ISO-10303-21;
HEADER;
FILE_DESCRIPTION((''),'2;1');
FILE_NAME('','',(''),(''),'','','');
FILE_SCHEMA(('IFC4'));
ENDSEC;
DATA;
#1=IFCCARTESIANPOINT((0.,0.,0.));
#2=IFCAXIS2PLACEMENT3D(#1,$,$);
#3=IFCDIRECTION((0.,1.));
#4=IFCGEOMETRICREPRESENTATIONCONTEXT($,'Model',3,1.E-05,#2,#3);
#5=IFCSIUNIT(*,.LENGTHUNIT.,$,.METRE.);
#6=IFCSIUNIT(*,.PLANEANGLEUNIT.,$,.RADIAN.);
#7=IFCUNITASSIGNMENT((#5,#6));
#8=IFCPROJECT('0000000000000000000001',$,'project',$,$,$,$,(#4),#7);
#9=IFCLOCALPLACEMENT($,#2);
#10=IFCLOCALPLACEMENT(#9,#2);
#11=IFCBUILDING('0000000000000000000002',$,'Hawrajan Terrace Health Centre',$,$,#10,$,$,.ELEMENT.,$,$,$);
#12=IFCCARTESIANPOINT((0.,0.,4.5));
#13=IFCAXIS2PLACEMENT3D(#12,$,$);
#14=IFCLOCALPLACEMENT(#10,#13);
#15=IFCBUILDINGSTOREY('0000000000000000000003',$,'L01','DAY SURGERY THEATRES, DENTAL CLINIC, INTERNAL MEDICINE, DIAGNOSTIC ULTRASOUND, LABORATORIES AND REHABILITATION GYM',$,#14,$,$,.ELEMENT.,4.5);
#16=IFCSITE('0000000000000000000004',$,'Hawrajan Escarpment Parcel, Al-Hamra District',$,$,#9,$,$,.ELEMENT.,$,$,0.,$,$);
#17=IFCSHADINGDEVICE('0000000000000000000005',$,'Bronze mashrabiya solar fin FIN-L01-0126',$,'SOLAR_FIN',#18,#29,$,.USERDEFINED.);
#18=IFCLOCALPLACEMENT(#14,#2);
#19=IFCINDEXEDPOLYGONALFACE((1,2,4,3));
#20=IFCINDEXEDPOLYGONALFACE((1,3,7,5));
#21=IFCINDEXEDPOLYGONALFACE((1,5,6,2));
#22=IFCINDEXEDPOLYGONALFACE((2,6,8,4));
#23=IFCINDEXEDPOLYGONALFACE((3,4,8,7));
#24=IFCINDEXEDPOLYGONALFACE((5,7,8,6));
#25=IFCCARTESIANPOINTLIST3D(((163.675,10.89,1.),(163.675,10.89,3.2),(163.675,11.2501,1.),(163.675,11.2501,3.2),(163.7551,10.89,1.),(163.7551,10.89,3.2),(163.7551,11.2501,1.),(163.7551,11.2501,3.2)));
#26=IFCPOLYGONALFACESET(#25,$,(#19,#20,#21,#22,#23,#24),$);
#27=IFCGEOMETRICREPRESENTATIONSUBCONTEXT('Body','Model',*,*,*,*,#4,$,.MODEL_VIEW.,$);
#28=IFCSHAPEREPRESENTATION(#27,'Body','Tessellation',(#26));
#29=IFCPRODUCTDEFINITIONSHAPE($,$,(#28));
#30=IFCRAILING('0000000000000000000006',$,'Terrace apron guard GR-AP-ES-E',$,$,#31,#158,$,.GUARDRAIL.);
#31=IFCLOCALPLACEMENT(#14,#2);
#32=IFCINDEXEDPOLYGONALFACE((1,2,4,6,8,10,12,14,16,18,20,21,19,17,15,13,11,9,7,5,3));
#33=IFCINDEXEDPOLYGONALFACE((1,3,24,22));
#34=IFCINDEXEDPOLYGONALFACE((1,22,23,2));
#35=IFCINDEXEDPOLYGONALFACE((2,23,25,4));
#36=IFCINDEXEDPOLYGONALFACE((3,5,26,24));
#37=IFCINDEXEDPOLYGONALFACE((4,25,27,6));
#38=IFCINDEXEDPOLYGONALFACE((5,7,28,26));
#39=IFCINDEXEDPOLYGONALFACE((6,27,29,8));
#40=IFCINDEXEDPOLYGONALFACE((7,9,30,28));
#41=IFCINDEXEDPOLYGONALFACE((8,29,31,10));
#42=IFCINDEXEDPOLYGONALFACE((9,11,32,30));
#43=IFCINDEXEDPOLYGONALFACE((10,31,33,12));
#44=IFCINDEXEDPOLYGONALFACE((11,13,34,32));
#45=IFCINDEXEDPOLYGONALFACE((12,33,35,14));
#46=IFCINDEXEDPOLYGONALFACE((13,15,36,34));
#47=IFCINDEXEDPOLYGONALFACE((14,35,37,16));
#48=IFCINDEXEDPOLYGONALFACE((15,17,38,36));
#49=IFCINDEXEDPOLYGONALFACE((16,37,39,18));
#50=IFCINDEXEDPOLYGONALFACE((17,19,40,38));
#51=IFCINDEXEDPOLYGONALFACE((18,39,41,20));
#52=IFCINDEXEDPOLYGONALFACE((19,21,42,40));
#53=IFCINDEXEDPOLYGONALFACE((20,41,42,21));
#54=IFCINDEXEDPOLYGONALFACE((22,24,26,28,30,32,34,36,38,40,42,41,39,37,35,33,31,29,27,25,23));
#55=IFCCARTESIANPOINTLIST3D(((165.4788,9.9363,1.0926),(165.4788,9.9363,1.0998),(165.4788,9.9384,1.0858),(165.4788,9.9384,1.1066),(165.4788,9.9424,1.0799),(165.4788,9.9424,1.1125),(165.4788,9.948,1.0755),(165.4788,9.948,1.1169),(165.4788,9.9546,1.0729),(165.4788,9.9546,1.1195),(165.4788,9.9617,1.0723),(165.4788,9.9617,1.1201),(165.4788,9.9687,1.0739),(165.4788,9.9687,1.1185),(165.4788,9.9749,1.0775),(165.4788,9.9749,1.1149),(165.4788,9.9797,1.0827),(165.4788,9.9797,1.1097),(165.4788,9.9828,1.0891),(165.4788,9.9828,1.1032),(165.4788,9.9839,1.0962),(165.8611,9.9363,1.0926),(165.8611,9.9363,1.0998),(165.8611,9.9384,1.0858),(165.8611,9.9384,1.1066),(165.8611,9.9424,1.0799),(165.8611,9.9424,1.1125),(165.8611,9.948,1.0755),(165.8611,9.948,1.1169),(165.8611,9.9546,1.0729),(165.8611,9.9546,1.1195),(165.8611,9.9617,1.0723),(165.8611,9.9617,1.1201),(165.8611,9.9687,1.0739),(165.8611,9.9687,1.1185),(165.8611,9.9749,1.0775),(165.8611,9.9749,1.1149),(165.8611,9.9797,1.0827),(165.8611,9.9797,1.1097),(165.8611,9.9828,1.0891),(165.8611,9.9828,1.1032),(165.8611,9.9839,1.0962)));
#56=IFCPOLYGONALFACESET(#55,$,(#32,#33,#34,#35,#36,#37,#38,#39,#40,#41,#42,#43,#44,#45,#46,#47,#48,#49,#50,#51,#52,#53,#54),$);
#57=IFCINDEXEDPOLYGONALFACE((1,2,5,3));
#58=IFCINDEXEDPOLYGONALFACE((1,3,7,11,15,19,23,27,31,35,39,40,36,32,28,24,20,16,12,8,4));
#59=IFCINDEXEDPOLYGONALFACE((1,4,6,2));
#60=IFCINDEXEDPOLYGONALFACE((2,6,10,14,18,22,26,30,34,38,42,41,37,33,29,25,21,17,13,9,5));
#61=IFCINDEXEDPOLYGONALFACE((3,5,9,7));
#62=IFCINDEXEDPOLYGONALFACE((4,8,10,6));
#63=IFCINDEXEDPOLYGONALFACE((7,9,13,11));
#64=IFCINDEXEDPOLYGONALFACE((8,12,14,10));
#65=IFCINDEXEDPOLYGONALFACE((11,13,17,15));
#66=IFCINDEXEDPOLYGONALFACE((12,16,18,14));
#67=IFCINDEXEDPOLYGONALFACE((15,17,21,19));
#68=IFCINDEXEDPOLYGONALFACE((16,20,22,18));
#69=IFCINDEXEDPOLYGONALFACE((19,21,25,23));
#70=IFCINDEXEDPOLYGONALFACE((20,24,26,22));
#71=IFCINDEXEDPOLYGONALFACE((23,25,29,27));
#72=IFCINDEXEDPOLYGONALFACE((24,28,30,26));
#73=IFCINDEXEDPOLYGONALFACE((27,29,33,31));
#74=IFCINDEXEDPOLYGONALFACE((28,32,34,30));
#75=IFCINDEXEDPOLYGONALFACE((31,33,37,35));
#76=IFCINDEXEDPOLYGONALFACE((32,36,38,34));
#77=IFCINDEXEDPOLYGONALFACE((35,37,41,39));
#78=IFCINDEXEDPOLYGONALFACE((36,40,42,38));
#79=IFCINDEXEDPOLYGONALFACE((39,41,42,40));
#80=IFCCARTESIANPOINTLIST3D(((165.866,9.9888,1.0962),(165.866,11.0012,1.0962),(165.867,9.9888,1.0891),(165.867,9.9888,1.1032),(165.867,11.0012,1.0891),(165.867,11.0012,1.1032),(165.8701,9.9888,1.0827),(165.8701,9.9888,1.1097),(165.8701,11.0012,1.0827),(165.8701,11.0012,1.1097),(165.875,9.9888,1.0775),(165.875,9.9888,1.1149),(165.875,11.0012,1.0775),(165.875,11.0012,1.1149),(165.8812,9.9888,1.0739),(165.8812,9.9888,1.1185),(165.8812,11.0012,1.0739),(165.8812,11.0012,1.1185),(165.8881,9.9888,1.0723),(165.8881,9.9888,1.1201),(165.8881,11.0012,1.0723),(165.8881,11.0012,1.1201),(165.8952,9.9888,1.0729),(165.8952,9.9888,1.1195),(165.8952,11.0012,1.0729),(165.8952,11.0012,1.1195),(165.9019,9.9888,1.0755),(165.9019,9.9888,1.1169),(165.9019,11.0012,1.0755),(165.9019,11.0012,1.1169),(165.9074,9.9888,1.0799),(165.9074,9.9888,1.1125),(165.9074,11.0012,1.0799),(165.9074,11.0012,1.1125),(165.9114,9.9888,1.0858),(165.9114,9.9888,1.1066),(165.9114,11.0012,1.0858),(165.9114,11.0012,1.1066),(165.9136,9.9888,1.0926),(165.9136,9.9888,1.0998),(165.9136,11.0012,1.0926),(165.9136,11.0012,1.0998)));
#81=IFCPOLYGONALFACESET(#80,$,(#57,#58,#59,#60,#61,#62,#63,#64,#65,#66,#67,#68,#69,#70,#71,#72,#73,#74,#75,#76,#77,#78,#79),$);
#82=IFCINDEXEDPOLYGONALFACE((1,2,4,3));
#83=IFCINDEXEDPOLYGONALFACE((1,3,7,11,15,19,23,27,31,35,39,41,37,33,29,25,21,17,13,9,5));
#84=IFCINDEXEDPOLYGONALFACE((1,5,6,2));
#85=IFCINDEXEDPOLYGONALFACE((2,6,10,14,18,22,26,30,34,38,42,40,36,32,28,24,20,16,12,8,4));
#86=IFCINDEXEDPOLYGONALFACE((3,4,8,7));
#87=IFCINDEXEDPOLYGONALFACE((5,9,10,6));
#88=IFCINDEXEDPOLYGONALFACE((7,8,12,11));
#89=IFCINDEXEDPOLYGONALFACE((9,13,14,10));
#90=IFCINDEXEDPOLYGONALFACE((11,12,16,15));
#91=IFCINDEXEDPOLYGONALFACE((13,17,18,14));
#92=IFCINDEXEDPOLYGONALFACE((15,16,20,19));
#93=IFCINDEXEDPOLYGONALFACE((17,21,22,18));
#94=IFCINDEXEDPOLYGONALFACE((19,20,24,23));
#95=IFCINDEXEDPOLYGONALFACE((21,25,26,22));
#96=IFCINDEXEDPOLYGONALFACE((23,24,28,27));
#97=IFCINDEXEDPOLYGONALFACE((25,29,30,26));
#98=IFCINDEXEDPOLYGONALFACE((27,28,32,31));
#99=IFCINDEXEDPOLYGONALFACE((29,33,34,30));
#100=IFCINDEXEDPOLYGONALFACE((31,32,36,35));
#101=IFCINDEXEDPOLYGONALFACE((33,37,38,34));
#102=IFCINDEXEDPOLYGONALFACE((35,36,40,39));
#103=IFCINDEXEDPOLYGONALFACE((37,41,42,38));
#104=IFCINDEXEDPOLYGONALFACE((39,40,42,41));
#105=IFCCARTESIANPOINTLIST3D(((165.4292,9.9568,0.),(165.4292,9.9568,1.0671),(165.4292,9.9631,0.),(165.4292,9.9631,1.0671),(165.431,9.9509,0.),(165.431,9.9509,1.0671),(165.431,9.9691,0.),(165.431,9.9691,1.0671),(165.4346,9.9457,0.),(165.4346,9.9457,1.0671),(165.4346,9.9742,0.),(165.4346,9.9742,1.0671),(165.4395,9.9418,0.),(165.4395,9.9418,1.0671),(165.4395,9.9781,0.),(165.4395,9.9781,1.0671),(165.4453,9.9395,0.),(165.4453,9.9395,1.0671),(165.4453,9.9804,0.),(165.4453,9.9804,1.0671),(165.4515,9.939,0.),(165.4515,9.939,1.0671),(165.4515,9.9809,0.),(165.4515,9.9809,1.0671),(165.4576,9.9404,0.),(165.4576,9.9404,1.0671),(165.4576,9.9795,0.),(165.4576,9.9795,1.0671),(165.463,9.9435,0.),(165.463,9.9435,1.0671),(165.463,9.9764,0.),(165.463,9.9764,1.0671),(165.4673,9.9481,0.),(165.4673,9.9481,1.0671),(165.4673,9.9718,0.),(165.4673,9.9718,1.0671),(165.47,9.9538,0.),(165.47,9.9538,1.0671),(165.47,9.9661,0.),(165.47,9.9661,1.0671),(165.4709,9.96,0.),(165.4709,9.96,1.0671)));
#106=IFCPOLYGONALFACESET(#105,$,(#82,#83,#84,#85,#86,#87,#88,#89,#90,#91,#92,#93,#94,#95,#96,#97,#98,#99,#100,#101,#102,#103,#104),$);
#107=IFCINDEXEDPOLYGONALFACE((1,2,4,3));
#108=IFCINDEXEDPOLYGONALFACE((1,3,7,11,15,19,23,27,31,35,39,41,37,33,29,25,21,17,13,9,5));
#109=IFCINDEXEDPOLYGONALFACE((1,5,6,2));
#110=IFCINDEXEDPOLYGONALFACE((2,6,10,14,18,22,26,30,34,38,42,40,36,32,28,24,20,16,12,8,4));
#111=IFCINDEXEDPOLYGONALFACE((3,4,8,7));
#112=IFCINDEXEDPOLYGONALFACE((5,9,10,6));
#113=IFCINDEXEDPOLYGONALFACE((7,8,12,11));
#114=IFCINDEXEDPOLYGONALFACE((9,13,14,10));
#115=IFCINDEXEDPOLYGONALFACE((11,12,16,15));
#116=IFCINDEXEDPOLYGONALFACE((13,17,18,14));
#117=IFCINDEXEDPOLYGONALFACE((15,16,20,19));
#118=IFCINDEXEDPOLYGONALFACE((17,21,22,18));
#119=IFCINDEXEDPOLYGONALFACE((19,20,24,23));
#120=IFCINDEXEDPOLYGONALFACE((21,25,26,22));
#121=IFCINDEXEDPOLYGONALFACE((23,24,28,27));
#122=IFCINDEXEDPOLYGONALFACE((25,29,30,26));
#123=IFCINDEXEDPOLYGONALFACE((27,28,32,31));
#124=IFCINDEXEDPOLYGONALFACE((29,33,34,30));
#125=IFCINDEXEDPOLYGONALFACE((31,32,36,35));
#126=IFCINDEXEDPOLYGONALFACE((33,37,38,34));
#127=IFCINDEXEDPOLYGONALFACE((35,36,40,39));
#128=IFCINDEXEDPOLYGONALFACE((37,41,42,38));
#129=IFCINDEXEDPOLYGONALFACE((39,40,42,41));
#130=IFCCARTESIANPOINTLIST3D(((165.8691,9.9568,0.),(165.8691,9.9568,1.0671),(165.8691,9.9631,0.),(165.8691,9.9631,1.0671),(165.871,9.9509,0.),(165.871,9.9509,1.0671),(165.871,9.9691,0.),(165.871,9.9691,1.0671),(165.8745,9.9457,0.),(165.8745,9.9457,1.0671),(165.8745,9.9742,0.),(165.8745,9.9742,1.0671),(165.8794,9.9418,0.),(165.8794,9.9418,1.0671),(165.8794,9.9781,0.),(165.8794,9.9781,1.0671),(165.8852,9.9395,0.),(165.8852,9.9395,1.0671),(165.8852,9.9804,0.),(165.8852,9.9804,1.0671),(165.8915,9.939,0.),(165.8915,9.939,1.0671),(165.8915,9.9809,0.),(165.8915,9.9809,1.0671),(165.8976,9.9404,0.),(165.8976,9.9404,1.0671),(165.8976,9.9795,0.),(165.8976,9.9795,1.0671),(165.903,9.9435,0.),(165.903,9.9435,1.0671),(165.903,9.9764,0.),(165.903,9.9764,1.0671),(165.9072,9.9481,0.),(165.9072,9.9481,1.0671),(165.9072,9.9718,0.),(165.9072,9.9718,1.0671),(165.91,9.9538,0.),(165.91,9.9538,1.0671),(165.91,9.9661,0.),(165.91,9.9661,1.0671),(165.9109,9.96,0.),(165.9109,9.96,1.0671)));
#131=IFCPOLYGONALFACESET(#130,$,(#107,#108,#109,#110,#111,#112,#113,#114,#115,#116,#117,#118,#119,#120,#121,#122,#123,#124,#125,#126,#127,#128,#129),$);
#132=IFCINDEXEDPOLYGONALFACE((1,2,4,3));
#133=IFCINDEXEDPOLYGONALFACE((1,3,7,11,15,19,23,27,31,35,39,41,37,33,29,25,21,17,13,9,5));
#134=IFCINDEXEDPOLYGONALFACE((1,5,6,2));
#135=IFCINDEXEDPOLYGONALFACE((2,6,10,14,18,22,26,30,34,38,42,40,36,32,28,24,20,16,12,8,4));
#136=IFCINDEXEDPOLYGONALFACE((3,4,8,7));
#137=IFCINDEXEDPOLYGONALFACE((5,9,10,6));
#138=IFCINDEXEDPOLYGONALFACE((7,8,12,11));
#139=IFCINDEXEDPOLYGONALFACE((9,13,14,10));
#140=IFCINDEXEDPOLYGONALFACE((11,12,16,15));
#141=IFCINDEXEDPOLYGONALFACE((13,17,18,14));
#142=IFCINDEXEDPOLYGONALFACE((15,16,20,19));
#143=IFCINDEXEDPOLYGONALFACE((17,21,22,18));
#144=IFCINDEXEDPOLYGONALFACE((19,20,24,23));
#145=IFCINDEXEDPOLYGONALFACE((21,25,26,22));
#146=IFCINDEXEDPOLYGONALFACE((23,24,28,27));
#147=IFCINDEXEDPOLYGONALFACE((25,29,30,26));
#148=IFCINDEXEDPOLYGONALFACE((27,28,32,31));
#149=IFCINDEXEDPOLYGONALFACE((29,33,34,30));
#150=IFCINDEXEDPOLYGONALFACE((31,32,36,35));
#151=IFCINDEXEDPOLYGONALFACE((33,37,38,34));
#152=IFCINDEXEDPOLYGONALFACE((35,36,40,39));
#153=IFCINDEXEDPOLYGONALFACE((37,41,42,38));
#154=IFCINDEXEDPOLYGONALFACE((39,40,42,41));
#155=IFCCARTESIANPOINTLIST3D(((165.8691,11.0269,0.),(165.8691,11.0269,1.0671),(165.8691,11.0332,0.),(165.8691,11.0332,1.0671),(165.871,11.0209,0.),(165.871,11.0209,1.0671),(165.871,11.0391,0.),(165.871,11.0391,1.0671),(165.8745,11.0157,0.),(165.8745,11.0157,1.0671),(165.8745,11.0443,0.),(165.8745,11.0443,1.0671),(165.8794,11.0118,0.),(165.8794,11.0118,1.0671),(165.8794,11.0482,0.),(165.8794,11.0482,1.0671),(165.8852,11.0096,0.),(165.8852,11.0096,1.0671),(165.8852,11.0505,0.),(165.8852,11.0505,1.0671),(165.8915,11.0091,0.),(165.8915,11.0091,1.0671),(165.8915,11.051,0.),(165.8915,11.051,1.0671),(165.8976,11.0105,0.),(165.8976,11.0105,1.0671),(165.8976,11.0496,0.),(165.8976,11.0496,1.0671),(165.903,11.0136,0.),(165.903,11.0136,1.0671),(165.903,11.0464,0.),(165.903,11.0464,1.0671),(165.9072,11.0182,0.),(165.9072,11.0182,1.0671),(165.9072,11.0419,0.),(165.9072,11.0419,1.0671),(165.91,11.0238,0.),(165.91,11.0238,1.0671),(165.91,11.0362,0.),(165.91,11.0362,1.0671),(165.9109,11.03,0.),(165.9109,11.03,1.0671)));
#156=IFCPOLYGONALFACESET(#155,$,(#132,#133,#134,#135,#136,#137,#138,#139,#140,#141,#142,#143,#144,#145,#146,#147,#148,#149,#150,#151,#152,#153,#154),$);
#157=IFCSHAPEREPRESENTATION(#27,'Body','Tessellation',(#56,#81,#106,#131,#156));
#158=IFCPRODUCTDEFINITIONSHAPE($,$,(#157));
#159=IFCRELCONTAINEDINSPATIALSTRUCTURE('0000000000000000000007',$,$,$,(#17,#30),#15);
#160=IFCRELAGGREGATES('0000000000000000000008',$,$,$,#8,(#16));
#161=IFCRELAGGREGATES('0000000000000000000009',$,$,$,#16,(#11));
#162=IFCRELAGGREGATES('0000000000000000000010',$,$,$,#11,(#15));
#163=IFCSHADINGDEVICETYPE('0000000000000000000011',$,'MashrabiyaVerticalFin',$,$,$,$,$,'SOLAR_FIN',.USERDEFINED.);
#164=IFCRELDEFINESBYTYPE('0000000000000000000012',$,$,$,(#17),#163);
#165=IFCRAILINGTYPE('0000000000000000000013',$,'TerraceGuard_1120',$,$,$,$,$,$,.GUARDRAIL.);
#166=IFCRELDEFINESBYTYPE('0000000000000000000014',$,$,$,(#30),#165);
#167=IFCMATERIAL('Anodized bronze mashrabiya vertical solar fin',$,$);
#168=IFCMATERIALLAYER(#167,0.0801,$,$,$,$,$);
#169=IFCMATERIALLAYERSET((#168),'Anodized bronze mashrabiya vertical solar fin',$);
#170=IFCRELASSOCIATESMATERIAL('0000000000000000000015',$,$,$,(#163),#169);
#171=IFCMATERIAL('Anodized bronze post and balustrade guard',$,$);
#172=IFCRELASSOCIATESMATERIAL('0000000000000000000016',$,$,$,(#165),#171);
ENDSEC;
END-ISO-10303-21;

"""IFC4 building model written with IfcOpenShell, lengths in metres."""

from ifc_helpers import new_model, si_unit, direction, frame, origin, origin_2d, place, context, subcontext, project, spatial, rectangle, circle, extrude, material, layer, layer_set, type_object, element, save


model = new_model("IFC4")

# Units and contexts
model_context = context("Model", 3, precision=1e-05, world=origin(), true_north=direction((0.0, 1.0)))
body_context = subcontext(model_context, "Body", "Model", "MODEL_VIEW")
ifc_project = project(units=[si_unit("LENGTHUNIT", "METRE"), si_unit("PLANEANGLEUNIT", "RADIAN")], contexts=[model_context])

# Site, building, storey
site_placement = place(None, origin())
site = spatial("IfcSite", under=ifc_project, at=site_placement, Name="Hawrajan Escarpment Parcel, Al-Hamra District", CompositionType="ELEMENT", RefElevation=0.0)
building_placement = place(site_placement, origin())
building = spatial("IfcBuilding", under=site, at=building_placement, Name="Hawrajan Terrace Health Centre", CompositionType="ELEMENT")
storey_placement = place(building_placement, frame((0.0, 0.0, 4.5)))
storey = spatial("IfcBuildingStorey", under=building, at=storey_placement, Name="L01", Description="DAY SURGERY THEATRES, DENTAL CLINIC, INTERNAL MEDICINE, DIAGNOSTIC ULTRASOUND, LABORATORIES AND REHABILITATION GYM", CompositionType="ELEMENT", Elevation=4.5)

# Shading device
ifc_material_1 = material(Name="Anodized bronze mashrabiya vertical solar fin")
ifc_layer_1 = layer(ifc_material_1, 0.0801)
ifc_layer_set_1 = layer_set([ifc_layer_1], Name="Anodized bronze mashrabiya vertical solar fin")
shading_device_type = type_object("IfcShadingDeviceType", Name="MashrabiyaVerticalFin", ElementType="SOLAR_FIN", PredefinedType="USERDEFINED", material=ifc_layer_set_1)
shading_device_placement = place(storey_placement, frame((163.7151, 11.0701, 1.0), z_axis=(0.0, 0.0, 1.0), x_axis=(1.0, 0.0, 0.0)))
element("IfcShadingDevice", 1, at=shading_device_placement, inside=storey, type_object=shading_device_type, Name="Bronze mashrabiya solar fin FIN-L01-0126", ObjectType="SOLAR_FIN", PredefinedType="USERDEFINED", context=body_context, shape_type="SweptSolid", body=[
    extrude(rectangle(XDim=0.0801, YDim=0.3601, at=origin_2d()), origin(), (0.0, 0.0, 1.0), 2.2),
])

# Railing
ifc_material_2 = material(Name="Anodized bronze post and balustrade guard")
railing_type = type_object("IfcRailingType", Name="TerraceGuard_1120", PredefinedType="GUARDRAIL", material=ifc_material_2)
railing_placement = place(storey_placement, frame((165.45, 9.96, 0.0)))
element("IfcRailing", 2, at=railing_placement, inside=storey, type_object=railing_type, Name="Terrace apron guard GR-AP-ES-E", PredefinedType="GUARDRAIL", context=body_context, shape_type="SweptSolid", body=[
    extrude(circle(Radius=0.0239, at=origin_2d()), frame((0.0288, 0.0, 1.0962), z_axis=(1.0, 0.0, 0.0), x_axis=(0.0, 1.0, 0.0)), (0.0, 0.0, 1.0), 0.3823),
    extrude(circle(Radius=0.0239, at=origin_2d()), frame((0.4399, 0.0288, 1.0962), z_axis=(0.0, 1.0, 0.0), x_axis=(-1.0, 0.0, 0.0)), (0.0, 0.0, 1.0), 1.0125),
    extrude(circle(Radius=0.021, at=origin_2d()), origin(), (0.0, 0.0, 1.0), 1.0671),
    extrude(circle(Radius=0.021, at=origin_2d()), frame((0.4399, 0.0, 0.0)), (0.0, 0.0, 1.0), 1.0671),
    extrude(circle(Radius=0.021, at=origin_2d()), frame((0.4399, 1.0701, 0.0)), (0.0, 0.0, 1.0), 1.0671),
])

save(model, "model.ifc")
